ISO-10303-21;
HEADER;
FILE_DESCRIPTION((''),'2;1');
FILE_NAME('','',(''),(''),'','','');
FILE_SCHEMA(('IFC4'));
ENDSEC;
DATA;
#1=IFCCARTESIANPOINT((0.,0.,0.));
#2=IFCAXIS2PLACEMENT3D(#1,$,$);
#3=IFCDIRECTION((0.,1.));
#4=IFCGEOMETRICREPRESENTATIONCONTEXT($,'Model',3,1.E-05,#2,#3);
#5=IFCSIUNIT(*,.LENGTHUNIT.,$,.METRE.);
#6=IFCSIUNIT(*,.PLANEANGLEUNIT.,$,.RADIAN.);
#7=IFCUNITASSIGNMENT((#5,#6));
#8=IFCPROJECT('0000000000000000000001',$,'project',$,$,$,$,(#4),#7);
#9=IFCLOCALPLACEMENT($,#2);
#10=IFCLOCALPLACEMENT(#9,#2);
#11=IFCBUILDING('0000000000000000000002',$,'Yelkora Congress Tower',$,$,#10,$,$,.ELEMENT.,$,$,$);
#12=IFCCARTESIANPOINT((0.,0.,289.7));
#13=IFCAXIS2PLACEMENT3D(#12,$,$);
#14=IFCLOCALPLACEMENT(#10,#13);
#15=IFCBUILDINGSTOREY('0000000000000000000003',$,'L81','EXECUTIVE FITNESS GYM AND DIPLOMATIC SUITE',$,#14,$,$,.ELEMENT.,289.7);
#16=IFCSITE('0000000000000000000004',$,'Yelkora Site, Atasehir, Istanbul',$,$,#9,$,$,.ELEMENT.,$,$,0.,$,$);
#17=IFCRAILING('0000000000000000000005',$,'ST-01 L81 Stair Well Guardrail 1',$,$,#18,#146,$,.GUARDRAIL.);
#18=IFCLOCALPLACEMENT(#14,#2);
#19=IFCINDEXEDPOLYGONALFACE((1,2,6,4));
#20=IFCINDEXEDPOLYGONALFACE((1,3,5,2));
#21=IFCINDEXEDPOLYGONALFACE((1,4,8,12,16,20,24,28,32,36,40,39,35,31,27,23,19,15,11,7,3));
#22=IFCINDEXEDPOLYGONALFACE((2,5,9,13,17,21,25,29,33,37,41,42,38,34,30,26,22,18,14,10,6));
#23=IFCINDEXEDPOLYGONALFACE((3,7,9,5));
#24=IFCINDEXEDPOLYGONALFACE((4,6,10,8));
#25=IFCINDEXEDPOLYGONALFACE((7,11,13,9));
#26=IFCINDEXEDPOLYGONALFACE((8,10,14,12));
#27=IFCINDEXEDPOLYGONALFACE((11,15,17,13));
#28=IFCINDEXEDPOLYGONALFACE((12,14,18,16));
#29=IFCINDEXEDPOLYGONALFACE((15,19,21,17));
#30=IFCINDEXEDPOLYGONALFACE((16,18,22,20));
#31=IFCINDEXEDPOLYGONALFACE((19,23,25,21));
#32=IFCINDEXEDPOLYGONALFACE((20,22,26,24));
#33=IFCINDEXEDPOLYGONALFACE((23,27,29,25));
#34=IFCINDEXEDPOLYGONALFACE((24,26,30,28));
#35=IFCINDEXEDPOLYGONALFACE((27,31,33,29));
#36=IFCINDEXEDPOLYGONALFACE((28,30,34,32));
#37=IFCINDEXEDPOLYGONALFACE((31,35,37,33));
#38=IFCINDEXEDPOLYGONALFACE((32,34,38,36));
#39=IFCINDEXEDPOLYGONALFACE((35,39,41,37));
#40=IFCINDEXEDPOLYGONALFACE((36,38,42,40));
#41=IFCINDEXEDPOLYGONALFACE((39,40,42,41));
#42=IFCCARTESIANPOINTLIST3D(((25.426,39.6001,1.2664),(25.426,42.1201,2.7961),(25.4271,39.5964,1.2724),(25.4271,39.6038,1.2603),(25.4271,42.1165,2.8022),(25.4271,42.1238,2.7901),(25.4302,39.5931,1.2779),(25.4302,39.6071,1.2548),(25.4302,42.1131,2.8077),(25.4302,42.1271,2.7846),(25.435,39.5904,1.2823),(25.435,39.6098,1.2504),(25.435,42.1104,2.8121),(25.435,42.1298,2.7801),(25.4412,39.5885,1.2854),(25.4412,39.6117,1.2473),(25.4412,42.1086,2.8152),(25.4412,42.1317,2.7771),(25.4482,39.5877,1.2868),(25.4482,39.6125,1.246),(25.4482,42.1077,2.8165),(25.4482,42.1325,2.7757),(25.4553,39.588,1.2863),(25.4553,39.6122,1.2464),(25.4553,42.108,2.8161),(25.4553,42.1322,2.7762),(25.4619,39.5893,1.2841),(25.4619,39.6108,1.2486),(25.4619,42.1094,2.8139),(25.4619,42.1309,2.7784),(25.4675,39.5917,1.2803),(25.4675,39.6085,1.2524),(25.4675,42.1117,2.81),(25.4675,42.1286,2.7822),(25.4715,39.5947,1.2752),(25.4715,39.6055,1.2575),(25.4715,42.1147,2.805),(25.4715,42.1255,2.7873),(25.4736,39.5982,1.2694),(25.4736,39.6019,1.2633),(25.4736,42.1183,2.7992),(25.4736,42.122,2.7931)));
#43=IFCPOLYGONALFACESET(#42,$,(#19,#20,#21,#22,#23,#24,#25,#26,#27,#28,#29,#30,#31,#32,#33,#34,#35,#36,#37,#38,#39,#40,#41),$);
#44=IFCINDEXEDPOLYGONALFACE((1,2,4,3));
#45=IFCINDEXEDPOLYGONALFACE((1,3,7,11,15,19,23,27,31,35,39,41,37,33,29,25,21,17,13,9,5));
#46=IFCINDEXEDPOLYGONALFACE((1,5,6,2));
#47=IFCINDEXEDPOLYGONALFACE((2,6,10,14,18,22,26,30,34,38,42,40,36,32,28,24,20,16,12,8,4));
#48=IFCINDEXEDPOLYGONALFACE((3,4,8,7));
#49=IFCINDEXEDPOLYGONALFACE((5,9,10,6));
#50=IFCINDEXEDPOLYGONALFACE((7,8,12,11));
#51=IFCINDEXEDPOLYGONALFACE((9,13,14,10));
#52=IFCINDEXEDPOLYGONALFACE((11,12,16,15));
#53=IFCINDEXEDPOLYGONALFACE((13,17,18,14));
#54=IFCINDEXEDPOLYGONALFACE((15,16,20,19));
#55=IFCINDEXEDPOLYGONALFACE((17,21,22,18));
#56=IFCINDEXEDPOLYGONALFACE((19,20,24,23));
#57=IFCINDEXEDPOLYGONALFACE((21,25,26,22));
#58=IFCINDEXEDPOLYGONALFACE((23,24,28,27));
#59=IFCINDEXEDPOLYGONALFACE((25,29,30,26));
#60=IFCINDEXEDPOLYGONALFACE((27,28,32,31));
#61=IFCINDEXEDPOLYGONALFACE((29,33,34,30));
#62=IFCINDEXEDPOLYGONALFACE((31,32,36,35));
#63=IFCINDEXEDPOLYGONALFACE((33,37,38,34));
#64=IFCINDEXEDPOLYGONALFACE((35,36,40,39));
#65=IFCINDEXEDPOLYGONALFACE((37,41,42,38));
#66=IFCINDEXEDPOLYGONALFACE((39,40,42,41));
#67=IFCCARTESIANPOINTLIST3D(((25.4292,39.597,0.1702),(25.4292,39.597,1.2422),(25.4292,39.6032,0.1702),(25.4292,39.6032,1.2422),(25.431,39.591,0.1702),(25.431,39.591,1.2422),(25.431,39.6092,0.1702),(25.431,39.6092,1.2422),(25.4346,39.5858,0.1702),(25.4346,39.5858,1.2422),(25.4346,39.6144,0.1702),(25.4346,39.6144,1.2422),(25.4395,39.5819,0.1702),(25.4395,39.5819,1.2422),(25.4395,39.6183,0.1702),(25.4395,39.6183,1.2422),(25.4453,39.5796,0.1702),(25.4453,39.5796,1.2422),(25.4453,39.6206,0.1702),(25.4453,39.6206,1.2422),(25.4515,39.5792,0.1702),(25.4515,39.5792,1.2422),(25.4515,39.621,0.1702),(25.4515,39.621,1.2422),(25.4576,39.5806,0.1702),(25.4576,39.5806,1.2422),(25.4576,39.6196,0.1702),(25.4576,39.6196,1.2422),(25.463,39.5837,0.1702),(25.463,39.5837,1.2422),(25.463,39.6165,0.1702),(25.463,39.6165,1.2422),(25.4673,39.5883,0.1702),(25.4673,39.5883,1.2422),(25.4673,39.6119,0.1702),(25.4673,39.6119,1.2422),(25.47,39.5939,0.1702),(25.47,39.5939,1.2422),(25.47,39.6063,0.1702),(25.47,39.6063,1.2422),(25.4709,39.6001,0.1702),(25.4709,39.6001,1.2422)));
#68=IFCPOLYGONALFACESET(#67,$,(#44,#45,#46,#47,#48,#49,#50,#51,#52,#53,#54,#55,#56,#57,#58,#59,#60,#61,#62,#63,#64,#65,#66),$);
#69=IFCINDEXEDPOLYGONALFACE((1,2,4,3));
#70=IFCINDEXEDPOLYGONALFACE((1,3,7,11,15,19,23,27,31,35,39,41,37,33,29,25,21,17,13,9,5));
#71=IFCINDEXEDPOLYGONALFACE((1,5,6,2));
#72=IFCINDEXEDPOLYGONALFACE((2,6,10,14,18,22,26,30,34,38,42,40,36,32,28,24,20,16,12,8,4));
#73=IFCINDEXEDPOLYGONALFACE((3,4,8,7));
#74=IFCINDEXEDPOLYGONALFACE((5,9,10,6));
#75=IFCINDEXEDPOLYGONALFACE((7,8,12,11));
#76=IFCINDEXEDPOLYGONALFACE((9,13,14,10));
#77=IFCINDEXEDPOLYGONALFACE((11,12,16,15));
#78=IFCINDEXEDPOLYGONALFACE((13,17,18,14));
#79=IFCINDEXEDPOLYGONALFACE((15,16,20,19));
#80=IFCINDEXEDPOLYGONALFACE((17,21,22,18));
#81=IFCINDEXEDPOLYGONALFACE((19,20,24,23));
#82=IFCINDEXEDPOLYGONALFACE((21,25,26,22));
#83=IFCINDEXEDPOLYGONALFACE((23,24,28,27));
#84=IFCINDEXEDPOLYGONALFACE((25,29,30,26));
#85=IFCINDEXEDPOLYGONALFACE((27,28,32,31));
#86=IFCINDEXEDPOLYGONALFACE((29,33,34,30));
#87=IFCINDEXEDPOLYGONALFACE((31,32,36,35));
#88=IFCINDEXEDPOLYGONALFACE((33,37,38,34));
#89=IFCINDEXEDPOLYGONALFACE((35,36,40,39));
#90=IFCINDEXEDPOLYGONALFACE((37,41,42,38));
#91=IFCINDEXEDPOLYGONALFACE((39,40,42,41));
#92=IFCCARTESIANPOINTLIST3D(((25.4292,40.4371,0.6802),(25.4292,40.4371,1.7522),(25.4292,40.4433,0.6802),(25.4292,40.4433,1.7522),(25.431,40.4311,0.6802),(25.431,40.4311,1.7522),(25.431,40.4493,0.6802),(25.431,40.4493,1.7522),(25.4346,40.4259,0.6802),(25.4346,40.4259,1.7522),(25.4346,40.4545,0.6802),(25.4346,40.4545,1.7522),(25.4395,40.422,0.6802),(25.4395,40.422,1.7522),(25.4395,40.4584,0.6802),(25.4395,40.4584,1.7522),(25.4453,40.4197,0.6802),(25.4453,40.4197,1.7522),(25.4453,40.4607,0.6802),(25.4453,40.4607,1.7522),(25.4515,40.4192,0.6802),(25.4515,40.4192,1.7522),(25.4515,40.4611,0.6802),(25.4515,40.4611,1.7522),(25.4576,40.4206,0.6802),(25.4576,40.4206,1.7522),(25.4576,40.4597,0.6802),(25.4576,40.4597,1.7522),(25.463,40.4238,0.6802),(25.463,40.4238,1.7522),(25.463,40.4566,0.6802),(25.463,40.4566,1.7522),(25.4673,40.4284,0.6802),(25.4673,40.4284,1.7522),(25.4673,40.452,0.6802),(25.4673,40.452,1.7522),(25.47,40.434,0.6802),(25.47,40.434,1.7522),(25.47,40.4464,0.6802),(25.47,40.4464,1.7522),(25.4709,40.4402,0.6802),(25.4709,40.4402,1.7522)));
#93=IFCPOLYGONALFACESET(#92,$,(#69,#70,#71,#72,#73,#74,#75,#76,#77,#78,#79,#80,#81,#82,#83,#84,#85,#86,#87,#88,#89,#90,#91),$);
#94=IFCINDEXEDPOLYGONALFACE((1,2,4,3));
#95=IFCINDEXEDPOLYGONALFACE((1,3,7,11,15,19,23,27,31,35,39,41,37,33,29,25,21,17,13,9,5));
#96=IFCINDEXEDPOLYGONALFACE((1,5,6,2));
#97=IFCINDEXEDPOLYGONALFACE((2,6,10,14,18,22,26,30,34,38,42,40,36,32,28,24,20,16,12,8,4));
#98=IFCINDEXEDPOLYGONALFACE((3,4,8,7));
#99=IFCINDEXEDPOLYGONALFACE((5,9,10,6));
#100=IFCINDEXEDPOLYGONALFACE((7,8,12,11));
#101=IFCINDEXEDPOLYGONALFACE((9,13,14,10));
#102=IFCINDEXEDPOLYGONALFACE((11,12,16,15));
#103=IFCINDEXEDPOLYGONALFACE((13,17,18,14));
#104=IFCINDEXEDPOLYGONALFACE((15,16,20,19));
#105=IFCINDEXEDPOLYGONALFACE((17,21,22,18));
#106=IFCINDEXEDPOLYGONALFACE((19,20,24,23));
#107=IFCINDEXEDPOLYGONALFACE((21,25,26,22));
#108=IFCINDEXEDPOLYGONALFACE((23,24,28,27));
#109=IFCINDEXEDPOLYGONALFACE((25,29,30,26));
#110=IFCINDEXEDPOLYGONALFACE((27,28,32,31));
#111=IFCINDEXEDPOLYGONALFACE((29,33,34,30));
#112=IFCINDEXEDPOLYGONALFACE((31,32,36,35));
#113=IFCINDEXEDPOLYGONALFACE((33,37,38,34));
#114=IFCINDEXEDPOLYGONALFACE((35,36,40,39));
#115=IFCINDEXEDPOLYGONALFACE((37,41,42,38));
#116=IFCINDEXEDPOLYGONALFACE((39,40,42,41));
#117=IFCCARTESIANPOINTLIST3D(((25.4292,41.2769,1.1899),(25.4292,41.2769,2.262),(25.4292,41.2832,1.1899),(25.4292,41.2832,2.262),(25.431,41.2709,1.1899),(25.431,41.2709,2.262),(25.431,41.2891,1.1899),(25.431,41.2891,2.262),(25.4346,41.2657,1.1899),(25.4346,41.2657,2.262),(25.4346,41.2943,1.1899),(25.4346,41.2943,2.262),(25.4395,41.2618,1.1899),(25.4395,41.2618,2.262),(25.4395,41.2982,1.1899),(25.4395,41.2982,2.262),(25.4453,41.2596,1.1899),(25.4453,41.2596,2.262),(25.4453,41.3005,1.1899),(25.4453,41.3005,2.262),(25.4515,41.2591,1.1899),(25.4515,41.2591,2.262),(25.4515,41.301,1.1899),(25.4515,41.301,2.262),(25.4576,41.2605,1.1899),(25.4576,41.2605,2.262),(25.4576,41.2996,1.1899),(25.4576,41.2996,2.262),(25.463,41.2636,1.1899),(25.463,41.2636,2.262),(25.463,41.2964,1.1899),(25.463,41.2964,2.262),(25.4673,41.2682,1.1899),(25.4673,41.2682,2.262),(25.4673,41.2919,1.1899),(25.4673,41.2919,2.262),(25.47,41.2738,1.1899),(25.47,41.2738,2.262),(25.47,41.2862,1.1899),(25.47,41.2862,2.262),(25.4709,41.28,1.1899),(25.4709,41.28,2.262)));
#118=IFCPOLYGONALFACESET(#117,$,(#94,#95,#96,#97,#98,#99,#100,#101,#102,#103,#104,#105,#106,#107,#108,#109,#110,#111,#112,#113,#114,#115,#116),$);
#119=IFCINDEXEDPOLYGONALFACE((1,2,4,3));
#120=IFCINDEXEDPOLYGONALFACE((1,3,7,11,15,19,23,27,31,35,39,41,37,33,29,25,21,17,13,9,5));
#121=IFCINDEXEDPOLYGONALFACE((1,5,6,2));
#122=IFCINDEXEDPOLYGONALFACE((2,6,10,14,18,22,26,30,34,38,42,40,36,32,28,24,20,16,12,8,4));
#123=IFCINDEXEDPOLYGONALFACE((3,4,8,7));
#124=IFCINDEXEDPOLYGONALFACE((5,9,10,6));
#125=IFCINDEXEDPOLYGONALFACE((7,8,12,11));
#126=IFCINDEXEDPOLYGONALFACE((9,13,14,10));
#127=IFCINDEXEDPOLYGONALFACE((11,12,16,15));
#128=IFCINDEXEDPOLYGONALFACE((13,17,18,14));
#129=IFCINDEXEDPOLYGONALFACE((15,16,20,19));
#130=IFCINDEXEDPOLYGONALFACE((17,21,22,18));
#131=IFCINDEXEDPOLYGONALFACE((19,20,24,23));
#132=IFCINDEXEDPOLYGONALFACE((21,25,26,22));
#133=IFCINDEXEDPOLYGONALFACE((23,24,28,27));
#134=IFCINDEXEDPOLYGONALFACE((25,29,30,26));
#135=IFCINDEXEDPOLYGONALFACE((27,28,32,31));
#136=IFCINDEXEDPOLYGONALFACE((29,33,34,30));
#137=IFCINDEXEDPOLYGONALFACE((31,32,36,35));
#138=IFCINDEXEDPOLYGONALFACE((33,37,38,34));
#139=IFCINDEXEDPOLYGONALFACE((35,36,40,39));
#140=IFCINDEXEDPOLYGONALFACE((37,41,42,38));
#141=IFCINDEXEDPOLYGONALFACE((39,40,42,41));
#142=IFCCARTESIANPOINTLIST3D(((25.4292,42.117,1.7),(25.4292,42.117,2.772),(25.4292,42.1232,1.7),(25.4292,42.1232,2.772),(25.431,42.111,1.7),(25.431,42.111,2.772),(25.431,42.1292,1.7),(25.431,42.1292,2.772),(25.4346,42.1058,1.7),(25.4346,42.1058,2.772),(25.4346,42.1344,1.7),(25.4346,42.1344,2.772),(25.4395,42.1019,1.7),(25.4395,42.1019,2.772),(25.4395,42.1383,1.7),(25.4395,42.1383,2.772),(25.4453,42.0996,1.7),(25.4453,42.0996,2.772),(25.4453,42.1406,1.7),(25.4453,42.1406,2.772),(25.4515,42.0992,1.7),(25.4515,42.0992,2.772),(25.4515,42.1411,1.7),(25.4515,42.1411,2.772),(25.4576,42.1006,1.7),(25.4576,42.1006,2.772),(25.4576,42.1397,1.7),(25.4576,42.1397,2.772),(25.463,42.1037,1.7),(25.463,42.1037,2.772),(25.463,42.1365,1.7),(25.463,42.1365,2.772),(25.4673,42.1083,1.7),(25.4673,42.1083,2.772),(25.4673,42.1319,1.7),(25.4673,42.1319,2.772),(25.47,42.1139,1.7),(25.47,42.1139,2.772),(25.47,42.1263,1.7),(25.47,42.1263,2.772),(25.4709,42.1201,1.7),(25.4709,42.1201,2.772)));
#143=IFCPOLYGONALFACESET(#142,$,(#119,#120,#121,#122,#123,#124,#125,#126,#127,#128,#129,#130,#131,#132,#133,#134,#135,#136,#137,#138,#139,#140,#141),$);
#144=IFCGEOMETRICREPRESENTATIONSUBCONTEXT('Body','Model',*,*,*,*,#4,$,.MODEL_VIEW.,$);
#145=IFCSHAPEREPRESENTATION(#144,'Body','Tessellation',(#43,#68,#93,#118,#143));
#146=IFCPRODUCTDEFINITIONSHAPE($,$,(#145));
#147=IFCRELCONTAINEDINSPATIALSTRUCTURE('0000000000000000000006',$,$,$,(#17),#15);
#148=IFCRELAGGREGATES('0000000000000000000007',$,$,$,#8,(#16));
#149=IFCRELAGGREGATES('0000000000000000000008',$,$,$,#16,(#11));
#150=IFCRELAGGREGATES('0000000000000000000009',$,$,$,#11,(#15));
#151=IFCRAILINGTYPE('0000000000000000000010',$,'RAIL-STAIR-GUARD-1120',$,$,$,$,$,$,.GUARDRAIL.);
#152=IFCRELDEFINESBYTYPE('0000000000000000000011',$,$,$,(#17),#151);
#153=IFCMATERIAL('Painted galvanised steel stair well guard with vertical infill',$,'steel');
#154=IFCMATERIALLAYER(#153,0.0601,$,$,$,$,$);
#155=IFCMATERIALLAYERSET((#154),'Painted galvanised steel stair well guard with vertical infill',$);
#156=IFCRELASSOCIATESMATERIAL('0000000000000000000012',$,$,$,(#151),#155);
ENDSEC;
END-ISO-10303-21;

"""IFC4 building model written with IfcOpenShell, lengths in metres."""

from ifc_helpers import new_model, si_unit, direction, frame, origin, origin_2d, place, context, subcontext, project, spatial, circle, extrude, material, layer, layer_set, type_object, element, save


model = new_model("IFC4")

# Units and contexts
model_context = context("Model", 3, precision=1e-05, world=origin(), true_north=direction((0.0, 1.0)))
body_context = subcontext(model_context, "Body", "Model", "MODEL_VIEW")
ifc_project = project(units=[si_unit("LENGTHUNIT", "METRE"), si_unit("PLANEANGLEUNIT", "RADIAN")], contexts=[model_context])

# Site, building, storey
site_placement = place(None, origin())
site = spatial("IfcSite", under=ifc_project, at=site_placement, Name="Yelkora Site, Atasehir, Istanbul", CompositionType="ELEMENT", RefElevation=0.0)
building_placement = place(site_placement, origin())
building = spatial("IfcBuilding", under=site, at=building_placement, Name="Yelkora Congress Tower", CompositionType="ELEMENT")
storey_placement = place(building_placement, frame((0.0, 0.0, 289.7)))
storey = spatial("IfcBuildingStorey", under=building, at=storey_placement, Name="L81", Description="EXECUTIVE FITNESS GYM AND DIPLOMATIC SUITE", CompositionType="ELEMENT", Elevation=289.7)

# Railing
ifc_material_1 = material(Name="Painted galvanised steel stair well guard with vertical infill", Category="steel")
ifc_layer_1 = layer(ifc_material_1, 0.0601)
ifc_layer_set_1 = layer_set([ifc_layer_1], Name="Painted galvanised steel stair well guard with vertical infill")
railing_type_1 = type_object("IfcRailingType", Name="RAIL-STAIR-GUARD-1120", PredefinedType="GUARDRAIL", material=ifc_layer_set_1)
railing_1_placement = place(storey_placement, frame((25.45, 39.6001, 0.1702)))
element("IfcRailing", 1, at=railing_1_placement, inside=storey, type_object=railing_type_1, Name="ST-01 L81 Stair Well Guardrail 1", PredefinedType="GUARDRAIL", context=body_context, shape_type="SweptSolid", body=[
    extrude(circle(Radius=0.0239, at=origin_2d()), frame((0.0, 0.0, 1.0962), z_axis=(0.0, 0.854822, 0.518922), x_axis=(-1.0, 0.0, 0.0)), (0.0, 0.0, 1.0), 2.948),
    extrude(circle(Radius=0.021, at=origin_2d()), origin(), (0.0, 0.0, 1.0), 1.072),
    extrude(circle(Radius=0.021, at=origin_2d()), frame((0.0, 0.8401, 0.51)), (0.0, 0.0, 1.0), 1.072),
    extrude(circle(Radius=0.021, at=origin_2d()), frame((0.0, 1.6799, 1.0198)), (0.0, 0.0, 1.0), 1.072),
    extrude(circle(Radius=0.021, at=origin_2d()), frame((0.0, 2.52, 1.5298)), (0.0, 0.0, 1.0), 1.072),
])

save(model, "model.ifc")
